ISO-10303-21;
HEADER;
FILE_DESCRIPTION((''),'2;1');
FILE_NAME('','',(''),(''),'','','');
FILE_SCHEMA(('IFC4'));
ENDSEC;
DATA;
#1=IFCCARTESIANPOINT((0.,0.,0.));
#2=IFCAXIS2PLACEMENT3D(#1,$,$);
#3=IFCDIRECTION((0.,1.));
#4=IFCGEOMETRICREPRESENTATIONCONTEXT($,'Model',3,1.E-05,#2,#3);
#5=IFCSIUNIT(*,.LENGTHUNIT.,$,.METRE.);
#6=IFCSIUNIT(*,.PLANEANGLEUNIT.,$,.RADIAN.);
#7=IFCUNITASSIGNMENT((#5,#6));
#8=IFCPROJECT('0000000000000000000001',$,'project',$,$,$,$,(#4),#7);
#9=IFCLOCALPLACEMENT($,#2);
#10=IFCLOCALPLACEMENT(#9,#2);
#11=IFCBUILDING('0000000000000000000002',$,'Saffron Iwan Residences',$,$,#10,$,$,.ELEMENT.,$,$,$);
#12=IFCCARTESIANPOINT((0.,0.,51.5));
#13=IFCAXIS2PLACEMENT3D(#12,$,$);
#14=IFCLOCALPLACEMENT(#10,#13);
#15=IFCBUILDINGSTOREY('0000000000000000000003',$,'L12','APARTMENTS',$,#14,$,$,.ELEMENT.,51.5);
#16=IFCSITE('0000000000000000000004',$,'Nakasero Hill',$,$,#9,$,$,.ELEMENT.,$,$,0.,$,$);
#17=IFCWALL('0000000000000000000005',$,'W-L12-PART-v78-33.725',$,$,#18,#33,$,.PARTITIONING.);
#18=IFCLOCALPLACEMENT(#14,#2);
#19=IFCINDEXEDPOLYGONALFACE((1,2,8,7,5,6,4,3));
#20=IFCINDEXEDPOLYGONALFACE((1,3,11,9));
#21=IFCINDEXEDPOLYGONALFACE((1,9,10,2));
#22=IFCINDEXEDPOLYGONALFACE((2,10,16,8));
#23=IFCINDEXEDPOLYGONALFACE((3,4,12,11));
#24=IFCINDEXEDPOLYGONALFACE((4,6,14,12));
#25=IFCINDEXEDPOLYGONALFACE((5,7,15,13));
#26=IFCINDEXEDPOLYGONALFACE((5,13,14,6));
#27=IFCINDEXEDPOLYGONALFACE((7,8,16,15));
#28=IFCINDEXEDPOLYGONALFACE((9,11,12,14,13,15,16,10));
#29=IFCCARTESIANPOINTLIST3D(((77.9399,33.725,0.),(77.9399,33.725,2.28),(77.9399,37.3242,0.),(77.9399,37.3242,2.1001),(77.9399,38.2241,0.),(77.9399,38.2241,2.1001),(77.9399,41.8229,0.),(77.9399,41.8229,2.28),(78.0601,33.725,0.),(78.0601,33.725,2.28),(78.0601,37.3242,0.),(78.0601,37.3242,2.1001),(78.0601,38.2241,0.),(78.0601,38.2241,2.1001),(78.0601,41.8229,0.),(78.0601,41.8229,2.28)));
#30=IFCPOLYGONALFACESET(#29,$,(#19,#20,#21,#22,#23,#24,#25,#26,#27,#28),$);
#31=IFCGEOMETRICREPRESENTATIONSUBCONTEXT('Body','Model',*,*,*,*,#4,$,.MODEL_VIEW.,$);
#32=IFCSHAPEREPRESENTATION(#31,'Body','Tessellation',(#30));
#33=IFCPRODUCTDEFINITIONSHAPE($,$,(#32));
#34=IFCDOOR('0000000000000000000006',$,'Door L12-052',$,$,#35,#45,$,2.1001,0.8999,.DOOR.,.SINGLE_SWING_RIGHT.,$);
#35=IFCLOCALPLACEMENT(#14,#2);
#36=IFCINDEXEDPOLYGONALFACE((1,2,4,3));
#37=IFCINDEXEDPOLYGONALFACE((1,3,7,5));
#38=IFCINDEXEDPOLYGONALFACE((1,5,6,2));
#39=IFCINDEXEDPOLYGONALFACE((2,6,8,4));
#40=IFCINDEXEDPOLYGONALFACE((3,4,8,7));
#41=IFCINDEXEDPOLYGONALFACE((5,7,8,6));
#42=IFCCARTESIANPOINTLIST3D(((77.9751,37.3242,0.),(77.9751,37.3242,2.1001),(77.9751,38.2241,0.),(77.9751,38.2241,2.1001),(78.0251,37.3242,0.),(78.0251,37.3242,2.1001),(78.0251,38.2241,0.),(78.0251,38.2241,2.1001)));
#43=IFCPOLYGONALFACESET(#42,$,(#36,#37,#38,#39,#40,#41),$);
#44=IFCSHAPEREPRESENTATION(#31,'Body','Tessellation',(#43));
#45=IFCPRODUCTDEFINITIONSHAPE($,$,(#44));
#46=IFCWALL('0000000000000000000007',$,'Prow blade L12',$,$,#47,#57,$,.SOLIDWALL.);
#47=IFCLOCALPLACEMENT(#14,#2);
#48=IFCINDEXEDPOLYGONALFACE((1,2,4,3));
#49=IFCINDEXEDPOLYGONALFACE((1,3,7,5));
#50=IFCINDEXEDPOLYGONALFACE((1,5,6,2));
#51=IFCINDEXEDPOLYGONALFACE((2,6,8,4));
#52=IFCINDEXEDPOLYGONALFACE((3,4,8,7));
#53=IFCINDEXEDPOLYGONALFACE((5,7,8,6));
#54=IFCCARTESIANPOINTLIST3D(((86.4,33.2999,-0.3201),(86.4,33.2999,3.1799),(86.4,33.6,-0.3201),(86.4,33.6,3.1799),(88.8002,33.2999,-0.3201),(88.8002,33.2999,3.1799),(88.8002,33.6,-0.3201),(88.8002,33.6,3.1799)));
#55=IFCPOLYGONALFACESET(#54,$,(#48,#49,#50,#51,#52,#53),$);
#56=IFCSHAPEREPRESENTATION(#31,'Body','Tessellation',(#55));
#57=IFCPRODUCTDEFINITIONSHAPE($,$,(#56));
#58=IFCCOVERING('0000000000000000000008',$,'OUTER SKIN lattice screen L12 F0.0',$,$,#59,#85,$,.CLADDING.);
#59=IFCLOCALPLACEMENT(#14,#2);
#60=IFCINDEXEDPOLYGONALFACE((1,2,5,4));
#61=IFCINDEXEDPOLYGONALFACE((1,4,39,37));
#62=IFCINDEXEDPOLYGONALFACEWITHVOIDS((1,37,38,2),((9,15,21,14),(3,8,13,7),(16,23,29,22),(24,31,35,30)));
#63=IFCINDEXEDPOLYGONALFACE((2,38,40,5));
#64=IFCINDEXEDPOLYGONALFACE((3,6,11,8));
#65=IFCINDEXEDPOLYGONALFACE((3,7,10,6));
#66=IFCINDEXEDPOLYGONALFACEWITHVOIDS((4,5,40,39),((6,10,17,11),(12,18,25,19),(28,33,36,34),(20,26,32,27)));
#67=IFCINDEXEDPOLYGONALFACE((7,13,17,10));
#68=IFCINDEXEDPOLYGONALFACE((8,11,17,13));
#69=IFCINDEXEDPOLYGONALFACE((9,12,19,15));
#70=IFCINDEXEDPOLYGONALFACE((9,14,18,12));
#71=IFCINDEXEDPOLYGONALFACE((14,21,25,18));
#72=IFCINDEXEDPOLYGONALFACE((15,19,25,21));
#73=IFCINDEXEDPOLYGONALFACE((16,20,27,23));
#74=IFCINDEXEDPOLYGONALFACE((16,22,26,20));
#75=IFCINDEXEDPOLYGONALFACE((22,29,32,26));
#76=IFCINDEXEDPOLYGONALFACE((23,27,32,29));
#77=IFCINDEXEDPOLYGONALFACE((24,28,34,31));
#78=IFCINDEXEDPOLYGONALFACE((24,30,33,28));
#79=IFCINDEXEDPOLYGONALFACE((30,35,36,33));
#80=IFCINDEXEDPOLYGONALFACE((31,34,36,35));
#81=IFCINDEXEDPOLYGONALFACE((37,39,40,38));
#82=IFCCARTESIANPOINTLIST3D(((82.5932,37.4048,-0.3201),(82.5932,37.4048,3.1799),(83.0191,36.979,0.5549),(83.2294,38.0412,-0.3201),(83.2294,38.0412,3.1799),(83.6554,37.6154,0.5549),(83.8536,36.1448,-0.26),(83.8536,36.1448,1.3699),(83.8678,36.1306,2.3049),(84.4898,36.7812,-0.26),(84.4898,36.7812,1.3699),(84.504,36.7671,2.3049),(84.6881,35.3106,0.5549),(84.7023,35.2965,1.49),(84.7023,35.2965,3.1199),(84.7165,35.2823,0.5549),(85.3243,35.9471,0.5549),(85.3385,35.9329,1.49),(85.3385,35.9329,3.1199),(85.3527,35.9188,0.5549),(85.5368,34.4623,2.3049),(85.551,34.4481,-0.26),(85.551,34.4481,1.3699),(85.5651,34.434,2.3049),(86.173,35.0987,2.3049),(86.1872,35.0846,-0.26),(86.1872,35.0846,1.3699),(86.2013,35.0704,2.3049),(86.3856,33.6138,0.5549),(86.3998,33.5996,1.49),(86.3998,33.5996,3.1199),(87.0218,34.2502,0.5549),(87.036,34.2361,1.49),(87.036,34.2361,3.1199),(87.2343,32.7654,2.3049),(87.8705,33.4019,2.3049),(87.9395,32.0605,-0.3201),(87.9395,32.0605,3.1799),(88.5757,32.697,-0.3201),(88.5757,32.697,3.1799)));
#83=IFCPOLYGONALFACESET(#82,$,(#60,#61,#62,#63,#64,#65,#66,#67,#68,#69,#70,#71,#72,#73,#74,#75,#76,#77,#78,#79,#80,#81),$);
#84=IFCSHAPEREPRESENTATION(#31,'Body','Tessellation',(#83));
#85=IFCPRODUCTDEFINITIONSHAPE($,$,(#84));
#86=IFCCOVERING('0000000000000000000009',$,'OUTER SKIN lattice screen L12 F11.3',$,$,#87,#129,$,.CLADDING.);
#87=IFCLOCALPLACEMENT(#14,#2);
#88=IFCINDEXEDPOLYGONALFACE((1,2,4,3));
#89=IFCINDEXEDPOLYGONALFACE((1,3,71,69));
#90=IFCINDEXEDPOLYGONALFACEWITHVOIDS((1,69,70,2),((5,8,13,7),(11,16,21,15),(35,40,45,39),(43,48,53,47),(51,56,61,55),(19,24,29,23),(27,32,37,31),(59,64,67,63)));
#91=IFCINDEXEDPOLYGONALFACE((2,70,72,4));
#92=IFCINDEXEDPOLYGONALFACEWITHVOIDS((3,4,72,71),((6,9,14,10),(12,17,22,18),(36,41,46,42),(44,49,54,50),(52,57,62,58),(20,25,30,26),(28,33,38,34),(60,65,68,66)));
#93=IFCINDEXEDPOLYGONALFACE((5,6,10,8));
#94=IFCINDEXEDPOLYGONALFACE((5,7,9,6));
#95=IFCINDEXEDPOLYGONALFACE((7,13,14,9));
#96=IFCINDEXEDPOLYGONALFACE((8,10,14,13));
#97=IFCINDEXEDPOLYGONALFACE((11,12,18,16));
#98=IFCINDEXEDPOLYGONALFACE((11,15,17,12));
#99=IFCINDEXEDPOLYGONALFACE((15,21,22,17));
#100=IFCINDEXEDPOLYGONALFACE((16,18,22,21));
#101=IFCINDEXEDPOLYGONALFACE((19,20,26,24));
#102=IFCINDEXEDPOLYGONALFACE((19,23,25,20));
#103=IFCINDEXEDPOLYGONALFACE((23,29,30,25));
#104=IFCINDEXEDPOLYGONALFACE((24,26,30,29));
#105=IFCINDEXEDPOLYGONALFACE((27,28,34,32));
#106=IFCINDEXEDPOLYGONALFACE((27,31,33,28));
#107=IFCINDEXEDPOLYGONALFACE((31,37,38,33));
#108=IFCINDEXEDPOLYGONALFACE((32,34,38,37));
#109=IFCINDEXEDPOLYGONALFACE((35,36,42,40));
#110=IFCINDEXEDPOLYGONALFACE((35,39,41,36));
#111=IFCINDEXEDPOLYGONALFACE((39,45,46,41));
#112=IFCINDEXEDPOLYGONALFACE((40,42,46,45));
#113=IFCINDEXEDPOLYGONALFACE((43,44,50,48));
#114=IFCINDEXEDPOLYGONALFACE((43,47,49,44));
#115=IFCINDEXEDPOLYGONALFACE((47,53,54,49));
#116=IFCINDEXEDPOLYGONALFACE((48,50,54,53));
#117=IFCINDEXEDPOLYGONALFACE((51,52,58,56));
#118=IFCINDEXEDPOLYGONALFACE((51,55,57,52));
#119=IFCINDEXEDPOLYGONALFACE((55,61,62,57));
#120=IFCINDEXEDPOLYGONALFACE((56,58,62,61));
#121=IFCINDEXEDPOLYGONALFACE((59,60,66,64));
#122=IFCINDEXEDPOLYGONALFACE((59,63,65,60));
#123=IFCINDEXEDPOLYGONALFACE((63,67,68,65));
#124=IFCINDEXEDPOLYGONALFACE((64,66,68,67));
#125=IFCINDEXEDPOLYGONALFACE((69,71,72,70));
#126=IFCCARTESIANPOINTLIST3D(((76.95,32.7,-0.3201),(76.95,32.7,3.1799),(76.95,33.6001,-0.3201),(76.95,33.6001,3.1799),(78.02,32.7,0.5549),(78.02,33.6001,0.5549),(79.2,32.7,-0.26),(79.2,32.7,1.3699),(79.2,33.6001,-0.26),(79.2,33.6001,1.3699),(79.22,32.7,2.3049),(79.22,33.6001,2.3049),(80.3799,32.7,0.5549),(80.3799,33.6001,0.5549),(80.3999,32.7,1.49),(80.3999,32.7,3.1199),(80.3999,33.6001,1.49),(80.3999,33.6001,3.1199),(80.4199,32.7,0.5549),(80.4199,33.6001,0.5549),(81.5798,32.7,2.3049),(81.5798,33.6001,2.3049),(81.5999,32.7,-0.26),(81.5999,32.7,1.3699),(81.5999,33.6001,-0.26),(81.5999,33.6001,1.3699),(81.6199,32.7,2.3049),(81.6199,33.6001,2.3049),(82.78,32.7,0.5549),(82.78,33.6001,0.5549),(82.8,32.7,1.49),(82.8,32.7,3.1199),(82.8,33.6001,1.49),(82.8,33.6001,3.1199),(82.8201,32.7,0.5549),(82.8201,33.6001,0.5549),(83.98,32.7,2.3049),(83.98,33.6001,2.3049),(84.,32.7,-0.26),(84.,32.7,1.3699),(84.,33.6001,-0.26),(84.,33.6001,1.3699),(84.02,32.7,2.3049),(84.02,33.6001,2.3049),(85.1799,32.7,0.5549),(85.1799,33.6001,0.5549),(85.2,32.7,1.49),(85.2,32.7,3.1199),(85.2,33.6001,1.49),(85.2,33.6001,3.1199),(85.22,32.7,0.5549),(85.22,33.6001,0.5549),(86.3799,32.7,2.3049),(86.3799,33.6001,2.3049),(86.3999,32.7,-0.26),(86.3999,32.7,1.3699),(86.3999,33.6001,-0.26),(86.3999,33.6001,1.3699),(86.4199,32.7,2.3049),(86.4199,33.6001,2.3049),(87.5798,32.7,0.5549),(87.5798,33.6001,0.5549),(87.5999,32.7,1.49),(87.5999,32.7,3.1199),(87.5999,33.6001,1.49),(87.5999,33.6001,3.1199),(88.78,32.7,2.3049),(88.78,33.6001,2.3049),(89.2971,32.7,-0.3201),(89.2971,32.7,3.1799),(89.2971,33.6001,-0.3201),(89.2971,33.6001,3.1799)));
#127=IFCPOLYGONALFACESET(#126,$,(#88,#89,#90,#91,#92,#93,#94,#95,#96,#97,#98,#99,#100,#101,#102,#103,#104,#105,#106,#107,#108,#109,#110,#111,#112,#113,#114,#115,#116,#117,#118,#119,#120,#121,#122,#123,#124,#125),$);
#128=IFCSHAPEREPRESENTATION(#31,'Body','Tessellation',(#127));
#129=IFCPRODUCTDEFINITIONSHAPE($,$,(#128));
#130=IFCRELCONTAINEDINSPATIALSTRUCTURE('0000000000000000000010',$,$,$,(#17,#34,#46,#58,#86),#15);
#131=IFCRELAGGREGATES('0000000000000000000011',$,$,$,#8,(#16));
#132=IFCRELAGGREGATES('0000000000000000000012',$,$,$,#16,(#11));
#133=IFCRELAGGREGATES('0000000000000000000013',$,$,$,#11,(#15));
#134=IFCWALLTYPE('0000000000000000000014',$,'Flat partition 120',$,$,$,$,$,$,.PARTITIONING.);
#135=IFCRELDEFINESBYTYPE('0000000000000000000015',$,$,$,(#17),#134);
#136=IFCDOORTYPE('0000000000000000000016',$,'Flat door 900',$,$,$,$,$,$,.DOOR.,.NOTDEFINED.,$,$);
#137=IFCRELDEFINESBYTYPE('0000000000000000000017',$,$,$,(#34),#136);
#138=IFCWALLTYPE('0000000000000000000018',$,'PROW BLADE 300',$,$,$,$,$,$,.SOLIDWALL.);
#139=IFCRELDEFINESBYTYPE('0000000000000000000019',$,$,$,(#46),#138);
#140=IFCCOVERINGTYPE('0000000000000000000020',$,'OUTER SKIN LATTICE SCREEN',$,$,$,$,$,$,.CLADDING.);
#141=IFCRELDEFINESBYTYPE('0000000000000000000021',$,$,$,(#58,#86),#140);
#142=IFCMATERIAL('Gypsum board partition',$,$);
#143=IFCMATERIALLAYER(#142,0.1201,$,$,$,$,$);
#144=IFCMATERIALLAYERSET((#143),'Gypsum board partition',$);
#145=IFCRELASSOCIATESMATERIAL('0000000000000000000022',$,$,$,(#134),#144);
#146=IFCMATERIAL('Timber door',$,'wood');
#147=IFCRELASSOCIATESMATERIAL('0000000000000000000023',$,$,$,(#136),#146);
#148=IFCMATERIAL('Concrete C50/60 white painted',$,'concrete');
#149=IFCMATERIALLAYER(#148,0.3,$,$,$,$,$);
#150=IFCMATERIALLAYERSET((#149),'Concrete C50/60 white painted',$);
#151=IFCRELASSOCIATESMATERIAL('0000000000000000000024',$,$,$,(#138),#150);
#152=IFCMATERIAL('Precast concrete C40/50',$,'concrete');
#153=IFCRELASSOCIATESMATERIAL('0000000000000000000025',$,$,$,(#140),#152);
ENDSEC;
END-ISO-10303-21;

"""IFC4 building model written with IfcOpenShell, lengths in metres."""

from ifc_helpers import new_model, si_unit, direction, frame, frame_2d, origin, place, context, subcontext, project, spatial, polyline, rectangle, outline, extrude, material, layer, layer_set, type_object, element, fill, save


model = new_model("IFC4")

# Units and contexts
model_context = context("Model", 3, precision=1e-05, world=origin(), true_north=direction((0.0, 1.0)))
body_context = subcontext(model_context, "Body", "Model", "MODEL_VIEW")
ifc_project = project(units=[si_unit("LENGTHUNIT", "METRE"), si_unit("PLANEANGLEUNIT", "RADIAN")], contexts=[model_context])

# Site, building, storey
site_placement = place(None, origin())
site = spatial("IfcSite", under=ifc_project, at=site_placement, Name="Nakasero Hill", CompositionType="ELEMENT", RefElevation=0.0)
building_placement = place(site_placement, origin())
building = spatial("IfcBuilding", under=site, at=building_placement, Name="Saffron Iwan Residences", CompositionType="ELEMENT")
storey_placement = place(building_placement, frame((0.0, 0.0, 51.5)))
storey = spatial("IfcBuildingStorey", under=building, at=storey_placement, Name="L12", Description="APARTMENTS", CompositionType="ELEMENT", Elevation=51.5)

# Wall, opening, door
ifc_material_1 = material(Name="Gypsum board partition")
ifc_layer_1 = layer(ifc_material_1, 0.1201)
ifc_layer_set_1 = layer_set([ifc_layer_1], Name="Gypsum board partition")
wall_type_1 = type_object("IfcWallType", Name="Flat partition 120", PredefinedType="PARTITIONING", material=ifc_layer_set_1)
wall_1_placement = place(storey_placement, frame((78.0, 33.7251, 0.0), z_axis=(0.0, 0.0, 1.0), x_axis=(0.0, 1.0, 0.0)))
wall_1 = element("IfcWall", 1, at=wall_1_placement, inside=storey, type_object=wall_type_1, Name="W-L12-PART-v78-33.725", PredefinedType="PARTITIONING", context=body_context, shape_type="SweptSolid", body=[
    extrude(rectangle(XDim=8.0979, YDim=0.1201, at=frame_2d((4.0488, 0.0))), origin(), (0.0, 0.0, 1.0), 2.28),
])
opening_1_placement = place(wall_1_placement, frame((3.5991, 0.0, 0.0)))
opening_1 = element("IfcOpeningElement", 2, at=opening_1_placement, cuts=wall_1, PredefinedType="OPENING", context=body_context, shape_type="SweptSolid", body=[
    extrude(rectangle(XDim=0.8999, YDim=2.1001, at=frame_2d((0.45, 1.05))), frame((0.0, 0.0701, 0.0), z_axis=(0.0, -1.0, 0.0), x_axis=(1.0, 0.0, 0.0)), (0.0, 0.0, 1.0), 0.1401),
])
ifc_material_2 = material(Name="Timber door", Category="wood")
door_type = type_object("IfcDoorType", Name="Flat door 900", OperationType="NOTDEFINED", PredefinedType="DOOR", material=ifc_material_2)
door_placement = place(opening_1_placement, origin())
door = element("IfcDoor", 3, at=door_placement, inside=storey, type_object=door_type, Name="Door L12-052", OperationType="SINGLE_SWING_RIGHT", OverallHeight=2.1001, OverallWidth=0.8999, PredefinedType="DOOR", context=body_context, shape_type="SweptSolid", body=[
    extrude(rectangle(XDim=0.8999, YDim=2.1001, at=frame_2d((0.45, 1.05))), frame((0.0, 0.0249, 0.0), z_axis=(0.0, -1.0, 0.0), x_axis=(1.0, 0.0, 0.0)), (0.0, 0.0, 1.0), 0.05),
])
fill(opening_1, door)

# Wall
ifc_material_3 = material(Name="Concrete C50/60 white painted", Category="concrete")
ifc_layer_2 = layer(ifc_material_3, 0.3)
ifc_layer_set_2 = layer_set([ifc_layer_2], Name="Concrete C50/60 white painted")
wall_type_2 = type_object("IfcWallType", Name="PROW BLADE 300", PredefinedType="SOLIDWALL", material=ifc_layer_set_2)
wall_2_placement = place(storey_placement, frame((86.3999, 33.45, -0.3201), z_axis=(0.0, 0.0, 1.0), x_axis=(1.0, 0.0, 0.0)))
element("IfcWall", 4, at=wall_2_placement, inside=storey, type_object=wall_type_2, Name="Prow blade L12", PredefinedType="SOLIDWALL", context=body_context, shape_type="SweptSolid", body=[
    extrude(rectangle(XDim=2.4001, YDim=0.3, at=frame_2d((1.2002, 0.0))), origin(), (0.0, 0.0, 1.0), 3.5),
])

# Coverings
ifc_material_4 = material(Name="Precast concrete C40/50", Category="concrete")
covering_type = type_object("IfcCoveringType", Name="OUTER SKIN LATTICE SCREEN", PredefinedType="CLADDING", material=ifc_material_4)
covering_1_placement = place(storey_placement, frame((87.9395, 32.0605, -0.3201), z_axis=(0.706971, 0.707242, 0.0), x_axis=(-0.707242, 0.706971, 0.0)))
element("IfcCovering", 5, at=covering_1_placement, inside=storey, type_object=covering_type, Name="OUTER SKIN lattice screen L12 F0.0", PredefinedType="CLADDING", context=body_context, shape_type="SweptSolid", body=[
    extrude(outline(polyline([(0.0, 0.0), (7.5593, 0.0), (7.5593, 3.5), (0.0, 3.5), (0.0, 0.0)]), holes=[polyline([(2.197, 0.875), (3.3772, 0.0601), (4.5571, 0.875), (3.3772, 1.6899), (2.197, 0.875)]), polyline([(4.5972, 0.875), (5.7771, 0.0601), (6.957, 0.875), (5.7771, 1.6899), (4.5972, 0.875)]), polyline([(0.9971, 2.625), (2.177, 1.8101), (3.3572, 2.625), (2.177, 3.4399), (0.9971, 2.625)]), polyline([(3.3972, 2.625), (4.5771, 1.8101), (5.7571, 2.625), (4.5771, 3.4399), (3.3972, 2.625)])]), origin(), (0.0, 0.0, 1.0), 0.8999),
])
covering_2_placement = place(storey_placement, frame((76.95, 33.6001, -0.3201), z_axis=(0.0, -1.0, 0.0), x_axis=(1.0, 0.0, 0.0)))
element("IfcCovering", 6, at=covering_2_placement, inside=storey, type_object=covering_type, Name="OUTER SKIN lattice screen L12 F11.3", PredefinedType="CLADDING", context=body_context, shape_type="SweptSolid", body=[
    extrude(outline(polyline([(0.0, 0.0), (12.3472, 0.0), (12.3472, 3.5), (0.0, 3.5), (0.0, 0.0)]), holes=[polyline([(1.0701, 0.875), (2.25, 0.0601), (3.4299, 0.875), (2.25, 1.6899), (1.0701, 0.875)]), polyline([(3.47, 0.875), (4.6499, 0.0601), (5.8301, 0.875), (4.6499, 1.6899), (3.47, 0.875)]), polyline([(5.8701, 0.875), (7.05, 0.0601), (8.23, 0.875), (7.05, 1.6899), (5.8701, 0.875)]), polyline([(8.27, 0.875), (9.45, 0.0601), (10.6299, 0.875), (9.45, 1.6899), (8.27, 0.875)]), polyline([(2.27, 2.625), (3.45, 1.8101), (4.6299, 2.625), (3.45, 3.4399), (2.27, 2.625)]), polyline([(4.6699, 2.625), (5.8501, 1.8101), (7.03, 2.625), (5.8501, 3.4399), (4.6699, 2.625)]), polyline([(7.0701, 2.625), (8.25, 1.8101), (9.4299, 2.625), (8.25, 3.4399), (7.0701, 2.625)]), polyline([(9.47, 2.625), (10.6499, 1.8101), (11.8301, 2.625), (10.6499, 3.4399), (9.47, 2.625)])]), origin(), (0.0, 0.0, 1.0), 0.9001),
])

save(model, "model.ifc")
